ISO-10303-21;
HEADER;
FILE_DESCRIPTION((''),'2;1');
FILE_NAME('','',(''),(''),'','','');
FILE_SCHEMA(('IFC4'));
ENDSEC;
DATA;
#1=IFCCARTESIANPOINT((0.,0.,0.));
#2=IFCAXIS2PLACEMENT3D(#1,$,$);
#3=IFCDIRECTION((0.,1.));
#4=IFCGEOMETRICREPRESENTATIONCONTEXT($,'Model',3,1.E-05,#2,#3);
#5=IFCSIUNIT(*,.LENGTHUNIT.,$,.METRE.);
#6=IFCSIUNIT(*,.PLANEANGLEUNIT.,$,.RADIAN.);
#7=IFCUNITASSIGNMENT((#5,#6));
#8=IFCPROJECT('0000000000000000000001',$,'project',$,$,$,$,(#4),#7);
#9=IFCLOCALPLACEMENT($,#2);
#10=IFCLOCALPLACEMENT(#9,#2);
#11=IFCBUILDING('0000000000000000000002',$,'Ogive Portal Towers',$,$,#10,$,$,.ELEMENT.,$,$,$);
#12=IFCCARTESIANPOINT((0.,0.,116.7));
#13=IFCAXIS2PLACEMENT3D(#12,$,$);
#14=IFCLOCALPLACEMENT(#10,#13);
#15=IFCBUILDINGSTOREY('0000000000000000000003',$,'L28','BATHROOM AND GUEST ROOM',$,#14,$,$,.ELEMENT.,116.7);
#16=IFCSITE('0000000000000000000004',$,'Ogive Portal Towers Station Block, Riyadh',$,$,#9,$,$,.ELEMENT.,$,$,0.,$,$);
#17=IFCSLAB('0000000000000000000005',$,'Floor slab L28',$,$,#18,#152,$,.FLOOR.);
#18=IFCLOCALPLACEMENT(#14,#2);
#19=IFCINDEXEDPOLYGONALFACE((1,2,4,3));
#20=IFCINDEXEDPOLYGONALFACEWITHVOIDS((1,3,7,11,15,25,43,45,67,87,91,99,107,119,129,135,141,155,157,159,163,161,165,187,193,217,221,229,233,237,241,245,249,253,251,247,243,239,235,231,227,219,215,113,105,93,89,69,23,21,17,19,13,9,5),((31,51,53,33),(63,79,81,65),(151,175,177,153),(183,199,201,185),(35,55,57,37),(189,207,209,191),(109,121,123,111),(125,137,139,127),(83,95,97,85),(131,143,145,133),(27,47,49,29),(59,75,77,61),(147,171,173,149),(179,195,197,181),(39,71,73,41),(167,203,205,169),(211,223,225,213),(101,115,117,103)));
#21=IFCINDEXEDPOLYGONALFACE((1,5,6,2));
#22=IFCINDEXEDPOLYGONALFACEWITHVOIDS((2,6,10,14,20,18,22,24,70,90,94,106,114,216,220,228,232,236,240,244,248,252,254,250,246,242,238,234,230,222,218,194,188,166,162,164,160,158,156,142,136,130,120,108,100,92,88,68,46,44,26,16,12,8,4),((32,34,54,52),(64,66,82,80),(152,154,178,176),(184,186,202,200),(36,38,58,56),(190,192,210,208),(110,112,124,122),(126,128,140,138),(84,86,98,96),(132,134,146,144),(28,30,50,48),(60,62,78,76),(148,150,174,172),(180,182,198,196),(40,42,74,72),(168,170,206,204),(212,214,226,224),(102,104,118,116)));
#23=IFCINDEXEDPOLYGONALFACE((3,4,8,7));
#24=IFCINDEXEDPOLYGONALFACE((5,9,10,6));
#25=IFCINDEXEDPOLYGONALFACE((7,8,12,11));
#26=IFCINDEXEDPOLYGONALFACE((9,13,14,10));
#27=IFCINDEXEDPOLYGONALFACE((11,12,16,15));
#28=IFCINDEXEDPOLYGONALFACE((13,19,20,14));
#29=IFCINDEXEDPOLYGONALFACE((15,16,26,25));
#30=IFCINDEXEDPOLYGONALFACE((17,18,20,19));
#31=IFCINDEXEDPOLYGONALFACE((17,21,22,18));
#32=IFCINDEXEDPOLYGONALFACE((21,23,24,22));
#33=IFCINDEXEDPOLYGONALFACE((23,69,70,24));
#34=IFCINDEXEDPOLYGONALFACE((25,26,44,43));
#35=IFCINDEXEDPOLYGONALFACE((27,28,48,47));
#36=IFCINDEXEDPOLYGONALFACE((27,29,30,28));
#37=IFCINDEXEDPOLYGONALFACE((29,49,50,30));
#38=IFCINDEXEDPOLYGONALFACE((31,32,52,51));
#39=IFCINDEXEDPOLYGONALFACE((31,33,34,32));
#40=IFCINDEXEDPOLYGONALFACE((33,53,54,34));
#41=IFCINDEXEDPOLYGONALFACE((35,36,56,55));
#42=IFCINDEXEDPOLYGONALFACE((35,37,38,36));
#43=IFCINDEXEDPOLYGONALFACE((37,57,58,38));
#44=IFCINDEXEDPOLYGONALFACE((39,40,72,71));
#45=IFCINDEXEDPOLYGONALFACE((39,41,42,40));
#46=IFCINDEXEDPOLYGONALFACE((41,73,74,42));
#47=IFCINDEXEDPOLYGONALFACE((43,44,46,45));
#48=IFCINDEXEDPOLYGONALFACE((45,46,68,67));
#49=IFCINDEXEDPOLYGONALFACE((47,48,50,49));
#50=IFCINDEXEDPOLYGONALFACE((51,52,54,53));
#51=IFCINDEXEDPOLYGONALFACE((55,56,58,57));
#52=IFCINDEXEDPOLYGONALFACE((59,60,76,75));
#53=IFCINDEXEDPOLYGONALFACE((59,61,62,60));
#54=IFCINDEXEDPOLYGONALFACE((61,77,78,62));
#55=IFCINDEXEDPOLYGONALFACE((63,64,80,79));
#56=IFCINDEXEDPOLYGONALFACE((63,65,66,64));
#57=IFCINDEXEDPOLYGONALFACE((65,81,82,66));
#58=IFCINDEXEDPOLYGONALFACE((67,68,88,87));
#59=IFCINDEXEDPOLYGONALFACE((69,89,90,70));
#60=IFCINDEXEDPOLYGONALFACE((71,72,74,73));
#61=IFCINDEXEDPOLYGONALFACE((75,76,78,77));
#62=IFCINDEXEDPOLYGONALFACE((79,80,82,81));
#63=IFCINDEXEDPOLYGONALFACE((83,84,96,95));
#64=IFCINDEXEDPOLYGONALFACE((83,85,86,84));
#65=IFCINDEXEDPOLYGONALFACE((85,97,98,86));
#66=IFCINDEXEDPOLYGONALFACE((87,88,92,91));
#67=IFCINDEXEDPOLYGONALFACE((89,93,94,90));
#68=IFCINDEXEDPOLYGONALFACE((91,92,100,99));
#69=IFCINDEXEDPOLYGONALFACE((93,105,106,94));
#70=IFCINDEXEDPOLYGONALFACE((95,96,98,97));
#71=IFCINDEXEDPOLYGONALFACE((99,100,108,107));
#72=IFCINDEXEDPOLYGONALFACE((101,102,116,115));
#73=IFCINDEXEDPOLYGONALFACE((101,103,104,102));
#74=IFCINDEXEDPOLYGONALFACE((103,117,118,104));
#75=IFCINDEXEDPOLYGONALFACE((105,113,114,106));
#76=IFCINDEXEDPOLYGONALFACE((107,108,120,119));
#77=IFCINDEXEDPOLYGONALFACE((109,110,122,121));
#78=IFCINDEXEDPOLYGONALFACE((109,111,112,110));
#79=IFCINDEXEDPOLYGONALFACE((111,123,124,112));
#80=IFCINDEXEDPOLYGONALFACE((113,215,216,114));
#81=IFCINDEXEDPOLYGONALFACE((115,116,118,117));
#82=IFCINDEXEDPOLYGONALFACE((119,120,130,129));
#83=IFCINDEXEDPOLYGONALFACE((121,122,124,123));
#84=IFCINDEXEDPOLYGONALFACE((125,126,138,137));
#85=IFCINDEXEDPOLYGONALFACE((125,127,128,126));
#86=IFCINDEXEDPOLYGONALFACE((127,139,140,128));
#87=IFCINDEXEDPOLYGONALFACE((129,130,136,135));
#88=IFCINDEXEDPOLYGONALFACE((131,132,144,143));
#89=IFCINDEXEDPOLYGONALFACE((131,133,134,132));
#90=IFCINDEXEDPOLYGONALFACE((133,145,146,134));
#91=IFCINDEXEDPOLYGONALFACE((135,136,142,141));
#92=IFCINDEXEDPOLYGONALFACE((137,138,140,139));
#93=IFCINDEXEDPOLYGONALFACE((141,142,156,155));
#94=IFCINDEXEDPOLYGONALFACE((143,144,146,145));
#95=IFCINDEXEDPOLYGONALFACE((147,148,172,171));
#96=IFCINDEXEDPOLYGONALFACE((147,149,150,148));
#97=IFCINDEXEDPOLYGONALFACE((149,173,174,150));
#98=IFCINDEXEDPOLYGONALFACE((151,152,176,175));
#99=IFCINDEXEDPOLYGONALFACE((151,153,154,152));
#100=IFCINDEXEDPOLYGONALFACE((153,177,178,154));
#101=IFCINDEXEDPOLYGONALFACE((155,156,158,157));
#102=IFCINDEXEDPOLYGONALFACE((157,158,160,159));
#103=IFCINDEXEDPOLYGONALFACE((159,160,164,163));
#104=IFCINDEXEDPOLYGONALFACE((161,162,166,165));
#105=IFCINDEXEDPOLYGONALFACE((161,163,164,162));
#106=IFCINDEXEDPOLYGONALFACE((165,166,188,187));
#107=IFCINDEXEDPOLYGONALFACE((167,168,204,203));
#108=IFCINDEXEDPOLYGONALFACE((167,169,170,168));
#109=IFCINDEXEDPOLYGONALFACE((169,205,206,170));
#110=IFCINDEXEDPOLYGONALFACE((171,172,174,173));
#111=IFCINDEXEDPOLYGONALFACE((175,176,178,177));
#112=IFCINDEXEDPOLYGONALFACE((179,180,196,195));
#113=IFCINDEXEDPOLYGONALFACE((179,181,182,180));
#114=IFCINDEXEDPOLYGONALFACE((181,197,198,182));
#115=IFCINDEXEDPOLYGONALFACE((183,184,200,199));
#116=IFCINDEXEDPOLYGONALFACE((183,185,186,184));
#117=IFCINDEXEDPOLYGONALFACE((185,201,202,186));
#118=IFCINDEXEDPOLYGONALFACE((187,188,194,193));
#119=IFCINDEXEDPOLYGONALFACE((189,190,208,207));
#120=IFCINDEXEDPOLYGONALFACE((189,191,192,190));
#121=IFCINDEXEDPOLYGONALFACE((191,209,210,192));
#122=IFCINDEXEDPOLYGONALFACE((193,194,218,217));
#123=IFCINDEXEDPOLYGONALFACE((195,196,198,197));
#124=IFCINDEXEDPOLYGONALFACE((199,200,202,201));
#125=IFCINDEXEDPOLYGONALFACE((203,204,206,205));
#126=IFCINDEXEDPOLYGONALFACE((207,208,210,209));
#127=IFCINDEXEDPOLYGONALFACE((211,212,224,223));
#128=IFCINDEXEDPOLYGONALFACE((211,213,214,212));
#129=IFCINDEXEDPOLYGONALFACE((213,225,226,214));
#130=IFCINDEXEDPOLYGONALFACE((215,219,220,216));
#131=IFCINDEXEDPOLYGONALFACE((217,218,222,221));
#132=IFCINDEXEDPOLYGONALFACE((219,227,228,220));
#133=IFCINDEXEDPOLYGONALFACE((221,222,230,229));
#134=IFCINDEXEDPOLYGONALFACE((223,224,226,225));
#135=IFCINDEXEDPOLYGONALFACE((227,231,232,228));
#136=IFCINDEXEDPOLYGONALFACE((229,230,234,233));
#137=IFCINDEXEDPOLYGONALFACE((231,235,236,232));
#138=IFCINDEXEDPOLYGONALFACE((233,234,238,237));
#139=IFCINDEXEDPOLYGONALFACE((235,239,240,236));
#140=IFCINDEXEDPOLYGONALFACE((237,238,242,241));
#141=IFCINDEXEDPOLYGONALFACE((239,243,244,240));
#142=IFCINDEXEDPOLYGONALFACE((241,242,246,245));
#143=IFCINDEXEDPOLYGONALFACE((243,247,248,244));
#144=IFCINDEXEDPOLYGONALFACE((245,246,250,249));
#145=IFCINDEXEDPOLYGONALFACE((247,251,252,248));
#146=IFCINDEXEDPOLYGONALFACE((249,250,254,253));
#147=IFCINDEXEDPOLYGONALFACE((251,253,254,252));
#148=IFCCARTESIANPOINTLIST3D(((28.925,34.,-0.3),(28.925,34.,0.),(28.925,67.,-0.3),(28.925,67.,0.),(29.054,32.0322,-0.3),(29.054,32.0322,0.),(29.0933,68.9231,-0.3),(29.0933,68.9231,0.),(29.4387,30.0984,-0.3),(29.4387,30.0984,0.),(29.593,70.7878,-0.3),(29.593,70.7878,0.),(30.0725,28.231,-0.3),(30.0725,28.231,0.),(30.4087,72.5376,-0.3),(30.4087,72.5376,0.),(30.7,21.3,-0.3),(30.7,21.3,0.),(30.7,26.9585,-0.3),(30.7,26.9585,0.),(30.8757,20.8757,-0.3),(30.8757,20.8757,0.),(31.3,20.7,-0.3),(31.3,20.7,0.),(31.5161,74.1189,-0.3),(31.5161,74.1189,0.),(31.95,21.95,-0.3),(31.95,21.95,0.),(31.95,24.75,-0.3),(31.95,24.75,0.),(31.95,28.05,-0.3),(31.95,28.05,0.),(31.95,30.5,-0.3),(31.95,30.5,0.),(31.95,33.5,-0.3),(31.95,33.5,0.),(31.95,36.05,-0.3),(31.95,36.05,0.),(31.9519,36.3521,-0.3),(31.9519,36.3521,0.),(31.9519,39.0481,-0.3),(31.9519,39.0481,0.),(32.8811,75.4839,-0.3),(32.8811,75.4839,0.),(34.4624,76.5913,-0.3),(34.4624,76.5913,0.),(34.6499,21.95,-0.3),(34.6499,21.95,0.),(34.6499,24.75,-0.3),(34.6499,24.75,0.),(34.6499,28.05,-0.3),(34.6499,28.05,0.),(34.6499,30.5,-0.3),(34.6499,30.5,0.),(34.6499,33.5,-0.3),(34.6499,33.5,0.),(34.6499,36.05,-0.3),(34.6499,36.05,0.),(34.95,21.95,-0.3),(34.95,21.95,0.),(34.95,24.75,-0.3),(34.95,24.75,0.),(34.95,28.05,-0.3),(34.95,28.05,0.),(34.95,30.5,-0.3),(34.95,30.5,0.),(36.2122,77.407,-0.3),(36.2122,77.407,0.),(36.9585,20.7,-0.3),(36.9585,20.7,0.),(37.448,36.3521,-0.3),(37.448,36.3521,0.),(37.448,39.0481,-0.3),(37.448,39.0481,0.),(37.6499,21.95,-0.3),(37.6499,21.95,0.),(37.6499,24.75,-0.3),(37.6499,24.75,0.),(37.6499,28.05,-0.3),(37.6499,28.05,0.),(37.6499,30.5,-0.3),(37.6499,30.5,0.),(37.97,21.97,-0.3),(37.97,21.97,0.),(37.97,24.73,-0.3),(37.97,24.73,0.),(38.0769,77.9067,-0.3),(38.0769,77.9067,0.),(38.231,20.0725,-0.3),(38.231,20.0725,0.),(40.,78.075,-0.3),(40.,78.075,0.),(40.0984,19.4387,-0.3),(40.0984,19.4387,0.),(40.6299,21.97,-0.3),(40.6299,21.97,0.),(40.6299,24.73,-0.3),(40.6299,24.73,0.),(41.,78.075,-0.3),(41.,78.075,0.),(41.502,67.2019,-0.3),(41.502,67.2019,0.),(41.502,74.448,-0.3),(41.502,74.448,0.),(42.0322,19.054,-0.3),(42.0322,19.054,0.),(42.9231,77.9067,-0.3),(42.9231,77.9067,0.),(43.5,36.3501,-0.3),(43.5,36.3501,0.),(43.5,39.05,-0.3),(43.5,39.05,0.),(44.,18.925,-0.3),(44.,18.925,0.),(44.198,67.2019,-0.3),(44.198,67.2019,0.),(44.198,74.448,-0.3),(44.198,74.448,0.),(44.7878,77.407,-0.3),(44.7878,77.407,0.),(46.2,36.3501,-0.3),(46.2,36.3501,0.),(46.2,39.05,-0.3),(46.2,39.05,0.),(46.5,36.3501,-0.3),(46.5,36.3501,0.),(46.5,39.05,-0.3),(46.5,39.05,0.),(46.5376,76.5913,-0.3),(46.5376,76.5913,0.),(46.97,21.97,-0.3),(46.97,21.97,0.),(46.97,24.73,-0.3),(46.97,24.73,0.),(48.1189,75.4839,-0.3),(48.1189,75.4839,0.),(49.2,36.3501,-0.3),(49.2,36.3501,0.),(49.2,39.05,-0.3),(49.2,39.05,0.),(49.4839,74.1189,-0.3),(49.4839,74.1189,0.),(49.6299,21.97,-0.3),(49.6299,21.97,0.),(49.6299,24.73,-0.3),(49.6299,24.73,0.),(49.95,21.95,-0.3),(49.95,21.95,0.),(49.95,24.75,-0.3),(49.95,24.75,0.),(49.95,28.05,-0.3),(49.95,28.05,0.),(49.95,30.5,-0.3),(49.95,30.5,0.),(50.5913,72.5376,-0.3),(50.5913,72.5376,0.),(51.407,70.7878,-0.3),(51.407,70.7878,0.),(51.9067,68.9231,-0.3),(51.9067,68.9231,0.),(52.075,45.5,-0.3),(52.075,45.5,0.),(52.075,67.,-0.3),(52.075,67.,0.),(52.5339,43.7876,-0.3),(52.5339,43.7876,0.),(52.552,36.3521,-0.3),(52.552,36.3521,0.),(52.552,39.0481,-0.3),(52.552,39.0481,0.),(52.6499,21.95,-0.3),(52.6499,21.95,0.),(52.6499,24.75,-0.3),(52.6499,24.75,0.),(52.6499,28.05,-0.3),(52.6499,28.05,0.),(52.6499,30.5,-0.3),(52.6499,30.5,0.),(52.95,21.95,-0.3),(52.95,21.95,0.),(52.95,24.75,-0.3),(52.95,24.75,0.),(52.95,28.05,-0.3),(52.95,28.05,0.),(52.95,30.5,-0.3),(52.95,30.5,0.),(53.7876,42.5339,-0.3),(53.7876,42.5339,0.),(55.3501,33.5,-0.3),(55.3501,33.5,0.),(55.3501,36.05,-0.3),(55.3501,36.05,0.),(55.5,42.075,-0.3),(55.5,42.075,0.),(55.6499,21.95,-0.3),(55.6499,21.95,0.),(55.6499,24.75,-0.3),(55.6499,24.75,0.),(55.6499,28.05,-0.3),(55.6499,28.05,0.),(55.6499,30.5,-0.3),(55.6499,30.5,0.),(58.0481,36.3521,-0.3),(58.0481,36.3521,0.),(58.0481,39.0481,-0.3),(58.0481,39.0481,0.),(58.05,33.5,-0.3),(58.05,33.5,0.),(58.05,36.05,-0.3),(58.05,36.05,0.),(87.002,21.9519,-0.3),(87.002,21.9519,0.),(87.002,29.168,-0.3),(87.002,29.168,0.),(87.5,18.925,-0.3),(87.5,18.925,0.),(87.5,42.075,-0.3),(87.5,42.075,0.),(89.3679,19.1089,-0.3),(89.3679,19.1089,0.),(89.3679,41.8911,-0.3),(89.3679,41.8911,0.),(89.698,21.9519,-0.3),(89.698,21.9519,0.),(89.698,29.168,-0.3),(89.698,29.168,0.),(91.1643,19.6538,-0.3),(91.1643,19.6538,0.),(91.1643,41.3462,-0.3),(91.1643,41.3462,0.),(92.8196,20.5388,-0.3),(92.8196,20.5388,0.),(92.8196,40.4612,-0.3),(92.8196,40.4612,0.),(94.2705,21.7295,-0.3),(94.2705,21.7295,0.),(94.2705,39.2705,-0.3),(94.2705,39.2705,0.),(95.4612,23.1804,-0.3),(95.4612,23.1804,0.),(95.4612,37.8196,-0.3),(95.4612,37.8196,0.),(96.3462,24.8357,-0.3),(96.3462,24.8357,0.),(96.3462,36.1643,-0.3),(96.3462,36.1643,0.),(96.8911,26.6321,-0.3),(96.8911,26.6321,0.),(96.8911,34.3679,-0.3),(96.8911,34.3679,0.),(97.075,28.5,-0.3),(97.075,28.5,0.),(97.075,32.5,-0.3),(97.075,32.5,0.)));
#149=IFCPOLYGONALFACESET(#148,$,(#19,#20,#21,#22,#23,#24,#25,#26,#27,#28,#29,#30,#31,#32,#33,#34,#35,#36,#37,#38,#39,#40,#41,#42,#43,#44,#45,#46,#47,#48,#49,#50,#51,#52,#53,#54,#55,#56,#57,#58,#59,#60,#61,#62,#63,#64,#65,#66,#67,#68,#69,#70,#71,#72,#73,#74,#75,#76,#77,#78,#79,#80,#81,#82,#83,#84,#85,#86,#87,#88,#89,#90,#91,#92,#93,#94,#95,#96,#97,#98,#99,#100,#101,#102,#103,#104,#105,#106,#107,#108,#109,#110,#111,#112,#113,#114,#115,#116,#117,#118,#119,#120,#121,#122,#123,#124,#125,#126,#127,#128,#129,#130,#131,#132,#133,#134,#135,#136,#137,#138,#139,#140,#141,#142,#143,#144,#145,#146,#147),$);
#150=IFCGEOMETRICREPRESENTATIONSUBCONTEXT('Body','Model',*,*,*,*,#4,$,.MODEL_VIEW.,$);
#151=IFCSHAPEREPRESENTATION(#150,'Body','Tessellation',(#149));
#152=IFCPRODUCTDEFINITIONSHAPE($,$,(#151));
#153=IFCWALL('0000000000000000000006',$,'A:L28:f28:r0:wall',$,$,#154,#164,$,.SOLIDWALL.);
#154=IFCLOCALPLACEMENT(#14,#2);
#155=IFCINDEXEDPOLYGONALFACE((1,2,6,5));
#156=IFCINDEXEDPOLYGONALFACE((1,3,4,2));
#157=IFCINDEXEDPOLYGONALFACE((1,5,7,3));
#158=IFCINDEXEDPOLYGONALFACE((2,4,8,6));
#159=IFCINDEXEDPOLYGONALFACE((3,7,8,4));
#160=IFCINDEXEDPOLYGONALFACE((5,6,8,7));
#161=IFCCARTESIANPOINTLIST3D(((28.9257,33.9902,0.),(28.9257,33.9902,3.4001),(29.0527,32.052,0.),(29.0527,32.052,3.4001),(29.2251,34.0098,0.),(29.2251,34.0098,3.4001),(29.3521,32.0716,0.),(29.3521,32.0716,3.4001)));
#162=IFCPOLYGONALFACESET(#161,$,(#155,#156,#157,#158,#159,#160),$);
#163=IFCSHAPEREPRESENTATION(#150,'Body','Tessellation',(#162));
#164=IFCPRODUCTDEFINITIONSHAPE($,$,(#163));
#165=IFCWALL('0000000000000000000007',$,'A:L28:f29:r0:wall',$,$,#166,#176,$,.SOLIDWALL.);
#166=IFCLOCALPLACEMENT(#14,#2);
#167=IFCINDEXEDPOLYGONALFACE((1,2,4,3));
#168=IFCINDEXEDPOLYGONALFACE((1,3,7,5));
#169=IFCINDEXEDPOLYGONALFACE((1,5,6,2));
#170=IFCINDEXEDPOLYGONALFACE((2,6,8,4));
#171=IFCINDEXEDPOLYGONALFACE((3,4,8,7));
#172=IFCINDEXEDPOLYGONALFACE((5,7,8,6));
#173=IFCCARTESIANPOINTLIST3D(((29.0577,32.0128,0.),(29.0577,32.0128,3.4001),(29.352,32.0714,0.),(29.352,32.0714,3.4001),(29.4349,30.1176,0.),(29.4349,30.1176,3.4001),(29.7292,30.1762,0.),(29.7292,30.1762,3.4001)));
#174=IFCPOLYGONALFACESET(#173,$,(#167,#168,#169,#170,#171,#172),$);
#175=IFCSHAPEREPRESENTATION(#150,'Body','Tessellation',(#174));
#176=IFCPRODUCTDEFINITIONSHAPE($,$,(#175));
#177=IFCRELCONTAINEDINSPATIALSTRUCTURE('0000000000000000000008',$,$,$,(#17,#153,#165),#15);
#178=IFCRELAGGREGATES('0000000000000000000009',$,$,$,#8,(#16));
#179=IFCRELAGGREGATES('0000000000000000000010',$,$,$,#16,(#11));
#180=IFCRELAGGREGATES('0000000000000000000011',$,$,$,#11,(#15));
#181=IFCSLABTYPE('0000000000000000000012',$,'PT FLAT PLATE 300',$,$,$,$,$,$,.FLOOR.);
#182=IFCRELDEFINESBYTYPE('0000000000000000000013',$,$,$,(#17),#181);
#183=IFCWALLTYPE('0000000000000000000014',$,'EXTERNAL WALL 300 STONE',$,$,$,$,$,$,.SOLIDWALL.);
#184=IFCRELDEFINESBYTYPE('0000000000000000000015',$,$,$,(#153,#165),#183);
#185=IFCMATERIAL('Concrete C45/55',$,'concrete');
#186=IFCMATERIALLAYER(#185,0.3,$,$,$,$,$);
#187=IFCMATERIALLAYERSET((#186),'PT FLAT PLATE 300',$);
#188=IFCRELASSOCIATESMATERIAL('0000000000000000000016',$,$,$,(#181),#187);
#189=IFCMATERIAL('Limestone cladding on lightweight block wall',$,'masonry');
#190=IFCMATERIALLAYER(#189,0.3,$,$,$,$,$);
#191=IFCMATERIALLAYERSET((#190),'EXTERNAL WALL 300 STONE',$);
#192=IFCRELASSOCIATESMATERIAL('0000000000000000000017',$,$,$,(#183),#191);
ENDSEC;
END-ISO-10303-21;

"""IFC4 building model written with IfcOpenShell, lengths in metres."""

from ifc_helpers import new_model, si_unit, direction, frame, frame_2d, origin, place, context, subcontext, project, spatial, polyline, rectangle, outline, extrude, material, layer, layer_set, type_object, element, save


model = new_model("IFC4")

# Units and contexts
model_context = context("Model", 3, precision=1e-05, world=origin(), true_north=direction((0.0, 1.0)))
body_context = subcontext(model_context, "Body", "Model", "MODEL_VIEW")
ifc_project = project(units=[si_unit("LENGTHUNIT", "METRE"), si_unit("PLANEANGLEUNIT", "RADIAN")], contexts=[model_context])

# Site, building, storey
site_placement = place(None, origin())
site = spatial("IfcSite", under=ifc_project, at=site_placement, Name="Ogive Portal Towers Station Block, Riyadh", CompositionType="ELEMENT", RefElevation=0.0)
building_placement = place(site_placement, origin())
building = spatial("IfcBuilding", under=site, at=building_placement, Name="Ogive Portal Towers", CompositionType="ELEMENT")
storey_placement = place(building_placement, frame((0.0, 0.0, 116.7)))
storey = spatial("IfcBuildingStorey", under=building, at=storey_placement, Name="L28", Description="BATHROOM AND GUEST ROOM", CompositionType="ELEMENT", Elevation=116.7)

# Slab
ifc_material_1 = material(Name="Concrete C45/55", Category="concrete")
ifc_layer_1 = layer(ifc_material_1, 0.3)
ifc_layer_set_1 = layer_set([ifc_layer_1], Name="PT FLAT PLATE 300")
slab_type_1 = type_object("IfcSlabType", Name="PT FLAT PLATE 300", PredefinedType="FLOOR", material=ifc_layer_set_1)
slab_1_placement = place(storey_placement, frame((0.0, 0.0, -0.3)))
element("IfcSlab", 1, at=slab_1_placement, inside=storey, type_object=slab_type_1, Name="Floor slab L28", PredefinedType="FLOOR", context=body_context, shape_type="SweptSolid", body=[
    extrude(outline(polyline([(29.4387, 30.0984), (30.0725, 28.231), (30.7, 26.9585), (30.7, 21.3), (30.8757, 20.8757), (31.3, 20.7), (36.9585, 20.7), (38.231, 20.0725), (40.0984, 19.4387), (42.0322, 19.054), (44.0, 18.925), (87.5, 18.925), (89.3679, 19.1089), (91.1643, 19.6538), (92.8196, 20.5388), (94.2705, 21.7295), (95.4612, 23.1804), (96.3462, 24.8357), (96.8911, 26.6321), (97.075, 28.5), (97.075, 32.5), (96.8911, 34.3679), (96.3462, 36.1643), (95.4612, 37.8196), (94.2705, 39.2705), (92.8196, 40.4612), (91.1643, 41.3462), (89.3679, 41.8911), (87.5, 42.075), (55.5, 42.075), (53.7876, 42.5339), (52.5339, 43.7876), (52.075, 45.5), (52.075, 67.0), (51.9067, 68.9231), (51.407, 70.7878), (50.5913, 72.5376), (49.4839, 74.1189), (48.1189, 75.4839), (46.5376, 76.5913), (44.7878, 77.407), (42.9231, 77.9067), (41.0, 78.075), (40.0, 78.075), (38.0769, 77.9067), (36.2122, 77.407), (34.4624, 76.5913), (32.8811, 75.4839), (31.5161, 74.1189), (30.4087, 72.5376), (29.593, 70.7878), (29.0933, 68.9231), (28.925, 67.0), (28.925, 34.0), (29.054, 32.0322), (29.4387, 30.0984)]), holes=[polyline([(34.6499, 24.75), (34.6499, 21.95), (31.95, 21.95), (31.95, 24.75), (34.6499, 24.75)]), polyline([(37.6499, 24.75), (37.6499, 21.95), (34.95, 21.95), (34.95, 24.75), (37.6499, 24.75)]), polyline([(40.6299, 21.97), (37.97, 21.97), (37.97, 24.73), (40.6299, 24.73), (40.6299, 21.97)]), polyline([(34.6499, 30.5), (34.6499, 28.05), (31.95, 28.05), (31.95, 30.5), (34.6499, 30.5)]), polyline([(37.6499, 30.5), (37.6499, 28.05), (34.95, 28.05), (34.95, 30.5), (37.6499, 30.5)]), polyline([(34.6499, 36.05), (34.6499, 33.5), (31.95, 33.5), (31.95, 36.05), (34.6499, 36.05)]), polyline([(31.9519, 39.0481), (37.448, 39.0481), (37.448, 36.3521), (31.9519, 36.3521), (31.9519, 39.0481)]), polyline([(46.2, 36.3501), (43.5, 36.3501), (43.5, 39.05), (46.2, 39.05), (46.2, 36.3501)]), polyline([(44.198, 67.2019), (41.502, 67.2019), (41.502, 74.448), (44.198, 74.448), (44.198, 67.2019)]), polyline([(49.6299, 21.97), (46.97, 21.97), (46.97, 24.73), (49.6299, 24.73), (49.6299, 21.97)]), polyline([(52.6499, 24.75), (52.6499, 21.95), (49.95, 21.95), (49.95, 24.75), (52.6499, 24.75)]), polyline([(55.6499, 24.75), (55.6499, 21.95), (52.95, 21.95), (52.95, 24.75), (55.6499, 24.75)]), polyline([(87.002, 21.9519), (87.002, 29.168), (89.698, 29.168), (89.698, 21.9519), (87.002, 21.9519)]), polyline([(52.6499, 30.5), (52.6499, 28.05), (49.95, 28.05), (49.95, 30.5), (52.6499, 30.5)]), polyline([(55.6499, 30.5), (55.6499, 28.05), (52.95, 28.05), (52.95, 30.5), (55.6499, 30.5)]), polyline([(58.05, 36.05), (58.05, 33.5), (55.3501, 33.5), (55.3501, 36.05), (58.05, 36.05)]), polyline([(49.2, 36.3501), (46.5, 36.3501), (46.5, 39.05), (49.2, 39.05), (49.2, 36.3501)]), polyline([(52.552, 36.3521), (52.552, 39.0481), (58.0481, 39.0481), (58.0481, 36.3521), (52.552, 36.3521)])]), origin(), (0.0, 0.0, 1.0), 0.3),
])

# Walls
ifc_material_2 = material(Name="Limestone cladding on lightweight block wall", Category="masonry")
ifc_layer_2 = layer(ifc_material_2, 0.3)
ifc_layer_set_2 = layer_set([ifc_layer_2], Name="EXTERNAL WALL 300 STONE")
wall_type = type_object("IfcWallType", Name="EXTERNAL WALL 300 STONE", PredefinedType="SOLIDWALL", material=ifc_layer_set_2)
wall_1_placement = place(storey_placement, frame((29.0754, 34.0, 0.0), z_axis=(0.0, 0.0, 1.0), x_axis=(0.065359, -0.997862, 0.0)))
element("IfcWall", 2, at=wall_1_placement, inside=storey, type_object=wall_type, Name="A:L28:f28:r0:wall", PredefinedType="SOLIDWALL", context=body_context, shape_type="SweptSolid", body=[
    extrude(rectangle(XDim=1.9424, YDim=0.3, at=frame_2d((0.9712, 0.0))), origin(), (0.0, 0.0, 1.0), 3.4001),
])
wall_2_placement = place(storey_placement, frame((29.2048, 32.0422, 0.0), z_axis=(0.0, 0.0, 1.0), x_axis=(0.195193, -0.980765, 0.0)))
element("IfcWall", 3, at=wall_2_placement, inside=storey, type_object=wall_type, Name="A:L28:f29:r0:wall", PredefinedType="SOLIDWALL", context=body_context, shape_type="SweptSolid", body=[
    extrude(rectangle(XDim=1.9324, YDim=0.3, at=frame_2d((0.9663, 0.0))), origin(), (0.0, 0.0, 1.0), 3.4001),
])

save(model, "model.ifc")
